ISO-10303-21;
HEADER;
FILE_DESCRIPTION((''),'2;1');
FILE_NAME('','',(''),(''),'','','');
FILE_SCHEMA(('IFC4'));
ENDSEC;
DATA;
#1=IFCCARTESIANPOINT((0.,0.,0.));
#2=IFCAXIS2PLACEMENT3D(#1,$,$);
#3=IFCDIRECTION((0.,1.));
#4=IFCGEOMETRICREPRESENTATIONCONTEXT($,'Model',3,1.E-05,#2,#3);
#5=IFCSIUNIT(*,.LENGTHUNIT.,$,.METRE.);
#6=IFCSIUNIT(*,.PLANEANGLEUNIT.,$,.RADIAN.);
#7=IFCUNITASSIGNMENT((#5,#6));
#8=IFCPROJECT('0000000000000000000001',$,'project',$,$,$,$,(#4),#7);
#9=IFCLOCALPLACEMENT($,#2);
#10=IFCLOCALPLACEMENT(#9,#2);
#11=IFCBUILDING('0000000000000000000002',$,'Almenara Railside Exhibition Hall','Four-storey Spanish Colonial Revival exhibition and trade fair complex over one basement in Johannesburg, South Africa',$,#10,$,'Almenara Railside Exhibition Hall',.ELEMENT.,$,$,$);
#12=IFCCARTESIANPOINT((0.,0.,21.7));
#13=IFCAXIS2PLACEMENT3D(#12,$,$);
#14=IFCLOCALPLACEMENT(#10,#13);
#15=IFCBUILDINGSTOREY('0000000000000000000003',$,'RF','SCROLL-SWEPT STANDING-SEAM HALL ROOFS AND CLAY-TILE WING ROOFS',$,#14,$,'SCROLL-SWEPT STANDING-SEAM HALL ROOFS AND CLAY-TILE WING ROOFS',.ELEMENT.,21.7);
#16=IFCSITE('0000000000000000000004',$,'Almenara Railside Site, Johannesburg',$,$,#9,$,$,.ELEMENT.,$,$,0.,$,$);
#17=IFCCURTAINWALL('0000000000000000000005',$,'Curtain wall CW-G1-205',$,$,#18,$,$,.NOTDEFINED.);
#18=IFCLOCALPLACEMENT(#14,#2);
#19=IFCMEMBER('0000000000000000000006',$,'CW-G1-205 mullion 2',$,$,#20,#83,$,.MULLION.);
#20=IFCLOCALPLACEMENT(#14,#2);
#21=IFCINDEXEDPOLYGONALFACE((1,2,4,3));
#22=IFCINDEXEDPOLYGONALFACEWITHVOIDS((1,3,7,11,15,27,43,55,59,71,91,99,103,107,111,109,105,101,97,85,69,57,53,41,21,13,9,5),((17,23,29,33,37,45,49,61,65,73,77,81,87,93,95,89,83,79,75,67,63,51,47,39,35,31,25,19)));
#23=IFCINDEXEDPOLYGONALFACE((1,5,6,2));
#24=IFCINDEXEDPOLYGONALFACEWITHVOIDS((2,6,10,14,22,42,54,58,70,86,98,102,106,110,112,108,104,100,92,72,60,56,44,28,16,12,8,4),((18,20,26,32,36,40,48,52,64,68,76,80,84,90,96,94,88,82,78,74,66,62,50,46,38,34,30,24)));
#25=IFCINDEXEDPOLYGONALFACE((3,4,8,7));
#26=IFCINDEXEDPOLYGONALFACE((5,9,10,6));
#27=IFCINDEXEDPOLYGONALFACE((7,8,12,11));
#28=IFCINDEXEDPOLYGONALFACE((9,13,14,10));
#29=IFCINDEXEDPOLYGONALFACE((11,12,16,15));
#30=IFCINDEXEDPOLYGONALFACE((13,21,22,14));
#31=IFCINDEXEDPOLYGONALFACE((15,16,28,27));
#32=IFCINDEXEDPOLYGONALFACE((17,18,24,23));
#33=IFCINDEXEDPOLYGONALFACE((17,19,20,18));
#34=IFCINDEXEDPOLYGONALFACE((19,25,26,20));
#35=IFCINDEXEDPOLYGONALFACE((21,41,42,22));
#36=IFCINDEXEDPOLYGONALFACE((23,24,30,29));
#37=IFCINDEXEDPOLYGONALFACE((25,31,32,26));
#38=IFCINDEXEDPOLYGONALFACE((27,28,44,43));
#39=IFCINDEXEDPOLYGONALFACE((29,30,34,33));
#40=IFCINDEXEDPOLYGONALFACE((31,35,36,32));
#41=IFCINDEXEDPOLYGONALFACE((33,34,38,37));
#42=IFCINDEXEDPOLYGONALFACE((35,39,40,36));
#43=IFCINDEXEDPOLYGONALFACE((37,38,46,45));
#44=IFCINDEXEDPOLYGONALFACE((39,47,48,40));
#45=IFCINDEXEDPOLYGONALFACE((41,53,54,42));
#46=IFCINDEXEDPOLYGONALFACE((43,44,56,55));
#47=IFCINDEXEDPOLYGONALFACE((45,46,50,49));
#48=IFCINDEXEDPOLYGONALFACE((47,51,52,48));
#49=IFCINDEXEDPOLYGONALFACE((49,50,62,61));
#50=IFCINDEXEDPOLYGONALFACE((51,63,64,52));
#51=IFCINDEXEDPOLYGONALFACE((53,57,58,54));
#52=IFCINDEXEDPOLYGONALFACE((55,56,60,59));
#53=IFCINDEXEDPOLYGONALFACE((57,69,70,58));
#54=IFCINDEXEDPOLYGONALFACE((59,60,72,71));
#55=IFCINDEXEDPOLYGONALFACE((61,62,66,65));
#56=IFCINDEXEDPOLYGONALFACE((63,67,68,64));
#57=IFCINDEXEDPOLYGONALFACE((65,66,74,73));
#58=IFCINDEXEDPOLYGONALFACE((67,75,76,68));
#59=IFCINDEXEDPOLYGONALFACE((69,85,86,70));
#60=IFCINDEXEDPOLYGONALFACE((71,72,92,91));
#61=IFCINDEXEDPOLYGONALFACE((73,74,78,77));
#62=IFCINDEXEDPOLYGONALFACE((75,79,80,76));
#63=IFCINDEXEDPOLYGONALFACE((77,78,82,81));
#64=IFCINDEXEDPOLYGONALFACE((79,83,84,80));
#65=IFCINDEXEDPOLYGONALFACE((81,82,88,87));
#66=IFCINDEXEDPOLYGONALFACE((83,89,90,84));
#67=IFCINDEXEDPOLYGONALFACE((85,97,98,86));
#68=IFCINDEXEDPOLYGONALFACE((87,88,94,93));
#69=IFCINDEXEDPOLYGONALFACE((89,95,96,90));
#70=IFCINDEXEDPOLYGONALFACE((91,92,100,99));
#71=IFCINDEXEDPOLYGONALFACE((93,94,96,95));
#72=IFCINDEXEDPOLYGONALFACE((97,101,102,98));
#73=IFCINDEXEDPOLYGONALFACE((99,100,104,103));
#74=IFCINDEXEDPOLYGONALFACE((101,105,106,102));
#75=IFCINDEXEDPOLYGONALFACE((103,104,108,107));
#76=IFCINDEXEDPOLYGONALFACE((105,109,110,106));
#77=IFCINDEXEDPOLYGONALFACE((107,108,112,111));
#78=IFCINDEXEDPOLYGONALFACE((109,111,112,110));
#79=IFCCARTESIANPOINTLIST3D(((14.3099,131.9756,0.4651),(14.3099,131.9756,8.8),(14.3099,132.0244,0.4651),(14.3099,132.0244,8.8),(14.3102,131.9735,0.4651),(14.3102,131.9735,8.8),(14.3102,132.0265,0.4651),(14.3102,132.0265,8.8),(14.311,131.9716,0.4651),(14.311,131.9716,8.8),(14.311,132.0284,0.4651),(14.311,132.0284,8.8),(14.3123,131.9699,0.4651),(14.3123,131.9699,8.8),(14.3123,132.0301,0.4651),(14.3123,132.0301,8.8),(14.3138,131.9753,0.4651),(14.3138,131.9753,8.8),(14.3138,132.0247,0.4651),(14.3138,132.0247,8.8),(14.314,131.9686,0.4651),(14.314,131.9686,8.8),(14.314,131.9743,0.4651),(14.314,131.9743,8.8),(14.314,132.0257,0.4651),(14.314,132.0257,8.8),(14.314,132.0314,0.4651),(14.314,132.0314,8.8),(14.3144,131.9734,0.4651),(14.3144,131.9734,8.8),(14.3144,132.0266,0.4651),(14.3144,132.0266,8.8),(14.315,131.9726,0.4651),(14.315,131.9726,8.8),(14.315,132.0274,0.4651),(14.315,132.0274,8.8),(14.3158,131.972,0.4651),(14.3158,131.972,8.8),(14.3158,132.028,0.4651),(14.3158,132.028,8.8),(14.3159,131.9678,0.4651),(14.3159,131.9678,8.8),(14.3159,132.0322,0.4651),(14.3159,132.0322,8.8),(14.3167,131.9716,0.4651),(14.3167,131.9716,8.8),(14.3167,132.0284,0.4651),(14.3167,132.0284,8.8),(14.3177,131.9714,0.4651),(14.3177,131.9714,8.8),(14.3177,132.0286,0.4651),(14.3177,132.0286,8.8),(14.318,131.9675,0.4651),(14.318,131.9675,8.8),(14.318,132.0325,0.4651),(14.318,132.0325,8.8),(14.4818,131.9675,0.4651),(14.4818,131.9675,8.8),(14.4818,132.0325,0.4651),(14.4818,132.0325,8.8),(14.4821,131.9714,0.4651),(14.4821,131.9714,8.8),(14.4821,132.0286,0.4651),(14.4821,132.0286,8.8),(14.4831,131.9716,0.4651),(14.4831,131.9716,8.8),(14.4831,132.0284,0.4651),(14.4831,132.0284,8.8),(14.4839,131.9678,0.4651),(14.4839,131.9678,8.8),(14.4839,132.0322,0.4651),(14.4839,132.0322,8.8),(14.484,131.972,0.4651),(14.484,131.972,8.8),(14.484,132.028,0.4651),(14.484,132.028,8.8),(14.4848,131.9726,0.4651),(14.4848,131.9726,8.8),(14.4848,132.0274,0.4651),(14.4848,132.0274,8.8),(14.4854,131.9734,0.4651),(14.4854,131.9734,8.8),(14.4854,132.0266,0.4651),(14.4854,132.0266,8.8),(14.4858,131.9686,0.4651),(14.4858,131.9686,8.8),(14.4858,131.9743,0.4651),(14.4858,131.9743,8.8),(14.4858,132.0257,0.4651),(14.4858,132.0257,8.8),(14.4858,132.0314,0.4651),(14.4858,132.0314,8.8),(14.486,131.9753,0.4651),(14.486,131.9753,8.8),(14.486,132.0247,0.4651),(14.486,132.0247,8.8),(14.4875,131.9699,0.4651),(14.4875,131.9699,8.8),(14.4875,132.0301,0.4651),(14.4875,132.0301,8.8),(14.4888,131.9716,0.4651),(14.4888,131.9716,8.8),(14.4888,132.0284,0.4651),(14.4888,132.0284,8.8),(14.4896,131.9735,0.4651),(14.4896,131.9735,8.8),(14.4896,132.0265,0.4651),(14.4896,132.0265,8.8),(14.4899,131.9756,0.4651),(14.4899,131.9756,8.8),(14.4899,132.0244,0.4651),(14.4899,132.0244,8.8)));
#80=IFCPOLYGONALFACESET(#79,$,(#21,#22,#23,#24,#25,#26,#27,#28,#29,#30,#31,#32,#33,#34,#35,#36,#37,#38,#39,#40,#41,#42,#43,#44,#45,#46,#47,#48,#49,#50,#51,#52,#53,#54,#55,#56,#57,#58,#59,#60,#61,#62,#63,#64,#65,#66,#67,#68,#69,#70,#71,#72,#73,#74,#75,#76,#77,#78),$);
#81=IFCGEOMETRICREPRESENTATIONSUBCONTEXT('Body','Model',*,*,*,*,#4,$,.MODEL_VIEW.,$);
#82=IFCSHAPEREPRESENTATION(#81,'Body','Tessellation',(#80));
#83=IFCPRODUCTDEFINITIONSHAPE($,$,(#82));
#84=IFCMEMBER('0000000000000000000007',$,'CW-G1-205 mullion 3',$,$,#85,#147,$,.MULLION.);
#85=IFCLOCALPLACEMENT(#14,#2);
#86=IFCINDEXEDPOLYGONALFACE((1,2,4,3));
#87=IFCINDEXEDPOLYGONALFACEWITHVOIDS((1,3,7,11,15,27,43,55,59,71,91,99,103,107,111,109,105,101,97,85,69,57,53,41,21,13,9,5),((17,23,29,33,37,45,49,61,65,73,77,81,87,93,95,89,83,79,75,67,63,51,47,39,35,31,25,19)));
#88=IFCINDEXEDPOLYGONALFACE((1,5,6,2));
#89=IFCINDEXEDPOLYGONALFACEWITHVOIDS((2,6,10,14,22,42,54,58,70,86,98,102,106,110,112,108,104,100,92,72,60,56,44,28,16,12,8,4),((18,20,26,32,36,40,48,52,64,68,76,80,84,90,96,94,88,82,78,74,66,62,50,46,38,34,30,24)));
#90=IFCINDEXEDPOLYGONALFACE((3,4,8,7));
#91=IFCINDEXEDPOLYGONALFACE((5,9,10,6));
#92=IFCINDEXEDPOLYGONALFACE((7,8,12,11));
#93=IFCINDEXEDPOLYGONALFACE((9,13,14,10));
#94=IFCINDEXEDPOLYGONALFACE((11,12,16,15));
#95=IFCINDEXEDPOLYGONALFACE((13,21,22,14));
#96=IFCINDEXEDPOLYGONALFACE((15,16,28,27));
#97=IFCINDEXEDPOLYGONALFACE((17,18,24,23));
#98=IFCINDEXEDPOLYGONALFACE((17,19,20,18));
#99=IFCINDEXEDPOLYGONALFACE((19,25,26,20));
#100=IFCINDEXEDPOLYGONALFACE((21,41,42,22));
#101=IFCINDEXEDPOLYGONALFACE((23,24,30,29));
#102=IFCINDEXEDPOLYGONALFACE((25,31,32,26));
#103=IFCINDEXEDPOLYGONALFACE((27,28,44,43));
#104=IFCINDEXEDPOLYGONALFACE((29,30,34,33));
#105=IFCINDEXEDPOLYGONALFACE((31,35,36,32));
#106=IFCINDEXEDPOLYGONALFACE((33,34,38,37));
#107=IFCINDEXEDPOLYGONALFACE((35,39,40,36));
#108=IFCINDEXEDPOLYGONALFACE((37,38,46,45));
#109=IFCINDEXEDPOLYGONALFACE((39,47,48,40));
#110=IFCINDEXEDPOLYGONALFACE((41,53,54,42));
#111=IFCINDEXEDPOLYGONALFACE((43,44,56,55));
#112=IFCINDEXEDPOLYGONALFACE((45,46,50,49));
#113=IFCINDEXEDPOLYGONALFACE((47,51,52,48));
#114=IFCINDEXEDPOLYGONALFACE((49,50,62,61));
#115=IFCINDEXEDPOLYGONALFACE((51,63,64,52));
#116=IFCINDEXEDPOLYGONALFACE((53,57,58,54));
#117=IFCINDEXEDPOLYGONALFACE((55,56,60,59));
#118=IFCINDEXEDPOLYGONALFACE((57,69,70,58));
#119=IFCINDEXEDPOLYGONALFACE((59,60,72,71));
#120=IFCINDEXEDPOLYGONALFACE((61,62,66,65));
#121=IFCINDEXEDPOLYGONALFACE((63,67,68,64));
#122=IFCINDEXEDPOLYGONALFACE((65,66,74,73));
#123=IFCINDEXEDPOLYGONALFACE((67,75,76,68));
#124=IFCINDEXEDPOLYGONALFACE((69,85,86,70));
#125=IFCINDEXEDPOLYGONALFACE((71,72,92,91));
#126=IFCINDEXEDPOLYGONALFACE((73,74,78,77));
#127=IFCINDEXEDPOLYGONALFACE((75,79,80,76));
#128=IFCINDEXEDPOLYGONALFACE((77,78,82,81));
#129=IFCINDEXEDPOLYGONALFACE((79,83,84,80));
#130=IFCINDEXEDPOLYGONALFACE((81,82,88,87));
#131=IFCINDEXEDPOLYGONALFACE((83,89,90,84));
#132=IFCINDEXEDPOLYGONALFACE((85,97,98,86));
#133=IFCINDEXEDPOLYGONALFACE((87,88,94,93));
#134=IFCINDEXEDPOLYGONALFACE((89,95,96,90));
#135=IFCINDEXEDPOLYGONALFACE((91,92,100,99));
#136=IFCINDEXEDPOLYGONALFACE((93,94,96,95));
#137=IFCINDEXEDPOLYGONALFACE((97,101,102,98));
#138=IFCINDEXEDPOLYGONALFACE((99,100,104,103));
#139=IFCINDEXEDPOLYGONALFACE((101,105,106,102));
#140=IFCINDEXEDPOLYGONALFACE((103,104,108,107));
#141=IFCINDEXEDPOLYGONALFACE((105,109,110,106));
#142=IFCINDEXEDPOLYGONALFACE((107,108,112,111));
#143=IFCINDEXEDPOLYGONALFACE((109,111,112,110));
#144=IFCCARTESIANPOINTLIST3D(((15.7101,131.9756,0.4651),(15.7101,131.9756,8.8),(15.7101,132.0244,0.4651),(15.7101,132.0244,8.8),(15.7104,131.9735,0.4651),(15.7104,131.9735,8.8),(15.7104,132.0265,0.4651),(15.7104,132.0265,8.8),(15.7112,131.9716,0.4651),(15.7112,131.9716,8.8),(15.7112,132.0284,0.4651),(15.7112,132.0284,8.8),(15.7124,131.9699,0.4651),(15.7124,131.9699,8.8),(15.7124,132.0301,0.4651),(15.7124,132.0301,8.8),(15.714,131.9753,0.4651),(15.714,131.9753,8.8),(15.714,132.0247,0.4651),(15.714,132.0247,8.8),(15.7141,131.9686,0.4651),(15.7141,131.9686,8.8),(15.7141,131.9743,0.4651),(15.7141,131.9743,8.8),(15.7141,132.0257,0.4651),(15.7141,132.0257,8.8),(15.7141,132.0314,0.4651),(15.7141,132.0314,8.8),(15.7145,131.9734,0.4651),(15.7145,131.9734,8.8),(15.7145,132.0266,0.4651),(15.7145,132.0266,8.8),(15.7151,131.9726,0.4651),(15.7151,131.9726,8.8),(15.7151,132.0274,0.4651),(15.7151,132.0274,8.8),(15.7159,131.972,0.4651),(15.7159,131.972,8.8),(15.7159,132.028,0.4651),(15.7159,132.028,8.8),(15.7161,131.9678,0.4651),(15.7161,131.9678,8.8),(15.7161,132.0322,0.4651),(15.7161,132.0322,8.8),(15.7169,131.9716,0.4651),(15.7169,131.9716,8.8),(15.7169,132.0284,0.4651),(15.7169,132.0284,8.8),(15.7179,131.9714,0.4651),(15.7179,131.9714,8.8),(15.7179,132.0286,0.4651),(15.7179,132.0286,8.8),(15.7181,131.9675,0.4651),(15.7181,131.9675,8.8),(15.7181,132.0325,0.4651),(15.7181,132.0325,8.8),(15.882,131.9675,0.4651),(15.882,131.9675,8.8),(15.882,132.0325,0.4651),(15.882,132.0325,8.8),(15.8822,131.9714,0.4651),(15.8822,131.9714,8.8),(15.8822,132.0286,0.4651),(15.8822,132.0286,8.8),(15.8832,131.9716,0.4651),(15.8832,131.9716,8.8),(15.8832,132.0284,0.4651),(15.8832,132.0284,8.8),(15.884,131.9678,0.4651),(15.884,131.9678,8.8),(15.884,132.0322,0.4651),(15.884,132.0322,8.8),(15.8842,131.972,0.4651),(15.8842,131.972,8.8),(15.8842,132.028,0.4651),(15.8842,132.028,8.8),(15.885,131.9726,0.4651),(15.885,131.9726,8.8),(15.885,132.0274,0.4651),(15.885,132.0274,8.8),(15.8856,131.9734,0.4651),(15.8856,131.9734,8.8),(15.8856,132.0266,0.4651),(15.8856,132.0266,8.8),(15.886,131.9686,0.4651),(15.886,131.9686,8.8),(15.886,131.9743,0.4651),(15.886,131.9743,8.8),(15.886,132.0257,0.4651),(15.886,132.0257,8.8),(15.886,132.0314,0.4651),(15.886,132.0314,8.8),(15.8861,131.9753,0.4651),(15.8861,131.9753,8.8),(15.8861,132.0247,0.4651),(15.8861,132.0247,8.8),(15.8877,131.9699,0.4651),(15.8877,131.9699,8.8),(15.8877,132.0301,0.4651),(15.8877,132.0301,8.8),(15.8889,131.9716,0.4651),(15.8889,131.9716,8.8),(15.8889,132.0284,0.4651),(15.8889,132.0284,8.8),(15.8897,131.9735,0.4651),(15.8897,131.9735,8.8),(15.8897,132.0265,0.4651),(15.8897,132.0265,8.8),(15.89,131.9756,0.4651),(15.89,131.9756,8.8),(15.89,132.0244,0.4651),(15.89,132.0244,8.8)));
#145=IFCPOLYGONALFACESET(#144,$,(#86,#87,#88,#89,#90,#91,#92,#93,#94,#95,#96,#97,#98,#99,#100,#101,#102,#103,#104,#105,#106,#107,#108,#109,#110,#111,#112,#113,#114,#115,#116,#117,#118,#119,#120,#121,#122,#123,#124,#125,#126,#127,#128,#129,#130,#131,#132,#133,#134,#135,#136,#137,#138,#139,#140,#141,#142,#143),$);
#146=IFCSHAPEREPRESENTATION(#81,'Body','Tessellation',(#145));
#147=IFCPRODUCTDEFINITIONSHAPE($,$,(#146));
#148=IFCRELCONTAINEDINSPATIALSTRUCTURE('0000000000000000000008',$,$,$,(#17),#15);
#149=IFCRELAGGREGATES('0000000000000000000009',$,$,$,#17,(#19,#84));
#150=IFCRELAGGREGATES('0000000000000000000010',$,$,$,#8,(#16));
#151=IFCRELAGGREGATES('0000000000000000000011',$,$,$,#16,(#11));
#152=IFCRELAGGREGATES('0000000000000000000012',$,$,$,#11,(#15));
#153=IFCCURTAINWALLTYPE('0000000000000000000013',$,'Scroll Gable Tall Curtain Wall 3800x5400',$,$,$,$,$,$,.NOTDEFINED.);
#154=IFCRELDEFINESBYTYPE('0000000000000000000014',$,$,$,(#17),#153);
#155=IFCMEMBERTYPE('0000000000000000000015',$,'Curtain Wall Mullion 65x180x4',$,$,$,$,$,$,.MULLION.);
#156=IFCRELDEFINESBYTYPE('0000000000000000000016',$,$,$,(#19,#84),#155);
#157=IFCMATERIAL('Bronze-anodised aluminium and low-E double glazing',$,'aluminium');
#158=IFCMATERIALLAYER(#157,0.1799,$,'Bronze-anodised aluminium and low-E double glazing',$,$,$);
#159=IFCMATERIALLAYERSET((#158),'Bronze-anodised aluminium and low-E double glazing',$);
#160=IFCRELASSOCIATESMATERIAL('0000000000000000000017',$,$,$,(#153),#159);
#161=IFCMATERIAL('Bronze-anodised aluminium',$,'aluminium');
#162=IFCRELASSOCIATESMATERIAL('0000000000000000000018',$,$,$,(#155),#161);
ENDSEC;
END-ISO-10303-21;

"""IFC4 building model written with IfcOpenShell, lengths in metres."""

from ifc_helpers import new_model, si_unit, direction, frame, origin, origin_2d, place, context, subcontext, project, spatial, hollow_rectangle, extrude, material, layer, layer_set, material_profile, profile_set, type_object, element, aggregate, save


model = new_model("IFC4")

# Units and contexts
model_context = context("Model", 3, precision=1e-05, world=origin(), true_north=direction((0.0, 1.0)))
body_context = subcontext(model_context, "Body", "Model", "MODEL_VIEW")
ifc_project = project(units=[si_unit("LENGTHUNIT", "METRE"), si_unit("PLANEANGLEUNIT", "RADIAN")], contexts=[model_context])

# Site, building, storey
site_placement = place(None, origin())
site = spatial("IfcSite", under=ifc_project, at=site_placement, Name="Almenara Railside Site, Johannesburg", CompositionType="ELEMENT", RefElevation=0.0)
building_placement = place(site_placement, origin())
building = spatial("IfcBuilding", under=site, at=building_placement, Name="Almenara Railside Exhibition Hall", Description="Four-storey Spanish Colonial Revival exhibition and trade fair complex over one basement in Johannesburg, South Africa", LongName="Almenara Railside Exhibition Hall", CompositionType="ELEMENT")
storey_placement = place(building_placement, frame((0.0, 0.0, 21.7)))
storey = spatial("IfcBuildingStorey", under=building, at=storey_placement, Name="RF", Description="SCROLL-SWEPT STANDING-SEAM HALL ROOFS AND CLAY-TILE WING ROOFS", LongName="SCROLL-SWEPT STANDING-SEAM HALL ROOFS AND CLAY-TILE WING ROOFS", CompositionType="ELEMENT", Elevation=21.7)

# Curtain wall, members
ifc_material_1 = material(Name="Bronze-anodised aluminium and low-E double glazing", Category="aluminium")
ifc_material_2 = material(Name="Bronze-anodised aluminium", Category="aluminium")
ifc_layer_1 = layer(ifc_material_1, 0.1799, Name="Bronze-anodised aluminium and low-E double glazing")
ifc_layer_set_1 = layer_set([ifc_layer_1], Name="Bronze-anodised aluminium and low-E double glazing")
curtain_wall_type_1 = type_object("IfcCurtainWallType", Name="Scroll Gable Tall Curtain Wall 3800x5400", PredefinedType="NOTDEFINED", material=ifc_layer_set_1)
curtain_wall_1_placement = place(storey_placement, origin())
curtain_wall_1 = element("IfcCurtainWall", 1, at=curtain_wall_1_placement, inside=storey, type_object=curtain_wall_type_1, Name="Curtain wall CW-G1-205", PredefinedType="NOTDEFINED")
ifc_material_profile_1 = material_profile(ifc_material_2, hollow_rectangle(XDim=0.0649, YDim=0.1799, WallThickness=0.0039, InnerFilletRadius=0.0039, OuterFilletRadius=0.0081, at=origin_2d()), Name="ALU-MUL 65x180x4")
ifc_profile_set_1 = profile_set([ifc_material_profile_1], Name="Bronze-anodised aluminium")
member_type_1 = type_object("IfcMemberType", Name="Curtain Wall Mullion 65x180x4", PredefinedType="MULLION", material=ifc_profile_set_1)
member_1_placement = place(storey_placement, frame((14.3999, 132.0, 0.4651), z_axis=(0.0, 0.0, 1.0), x_axis=(0.0, 1.0, 0.0)))
member_1 = element("IfcMember", 2, at=member_1_placement, type_object=member_type_1, Name="CW-G1-205 mullion 2", PredefinedType="MULLION", context=body_context, shape_type="SweptSolid", body=[
    extrude(hollow_rectangle(XDim=0.0649, YDim=0.1799, WallThickness=0.0039, InnerFilletRadius=0.0039, OuterFilletRadius=0.0081, at=origin_2d()), origin(), (0.0, 0.0, 1.0), 8.335),
])
member_2_placement = place(storey_placement, frame((15.8, 132.0, 0.4651), z_axis=(0.0, 0.0, 1.0), x_axis=(0.0, 1.0, 0.0)))
member_2 = element("IfcMember", 3, at=member_2_placement, type_object=member_type_1, Name="CW-G1-205 mullion 3", PredefinedType="MULLION", context=body_context, shape_type="SweptSolid", body=[
    extrude(hollow_rectangle(XDim=0.0649, YDim=0.1799, WallThickness=0.0039, InnerFilletRadius=0.0039, OuterFilletRadius=0.0081, at=origin_2d()), origin(), (0.0, 0.0, 1.0), 8.335),
])

aggregate(curtain_wall_1, [member_1, member_2])

save(model, "model.ifc")
